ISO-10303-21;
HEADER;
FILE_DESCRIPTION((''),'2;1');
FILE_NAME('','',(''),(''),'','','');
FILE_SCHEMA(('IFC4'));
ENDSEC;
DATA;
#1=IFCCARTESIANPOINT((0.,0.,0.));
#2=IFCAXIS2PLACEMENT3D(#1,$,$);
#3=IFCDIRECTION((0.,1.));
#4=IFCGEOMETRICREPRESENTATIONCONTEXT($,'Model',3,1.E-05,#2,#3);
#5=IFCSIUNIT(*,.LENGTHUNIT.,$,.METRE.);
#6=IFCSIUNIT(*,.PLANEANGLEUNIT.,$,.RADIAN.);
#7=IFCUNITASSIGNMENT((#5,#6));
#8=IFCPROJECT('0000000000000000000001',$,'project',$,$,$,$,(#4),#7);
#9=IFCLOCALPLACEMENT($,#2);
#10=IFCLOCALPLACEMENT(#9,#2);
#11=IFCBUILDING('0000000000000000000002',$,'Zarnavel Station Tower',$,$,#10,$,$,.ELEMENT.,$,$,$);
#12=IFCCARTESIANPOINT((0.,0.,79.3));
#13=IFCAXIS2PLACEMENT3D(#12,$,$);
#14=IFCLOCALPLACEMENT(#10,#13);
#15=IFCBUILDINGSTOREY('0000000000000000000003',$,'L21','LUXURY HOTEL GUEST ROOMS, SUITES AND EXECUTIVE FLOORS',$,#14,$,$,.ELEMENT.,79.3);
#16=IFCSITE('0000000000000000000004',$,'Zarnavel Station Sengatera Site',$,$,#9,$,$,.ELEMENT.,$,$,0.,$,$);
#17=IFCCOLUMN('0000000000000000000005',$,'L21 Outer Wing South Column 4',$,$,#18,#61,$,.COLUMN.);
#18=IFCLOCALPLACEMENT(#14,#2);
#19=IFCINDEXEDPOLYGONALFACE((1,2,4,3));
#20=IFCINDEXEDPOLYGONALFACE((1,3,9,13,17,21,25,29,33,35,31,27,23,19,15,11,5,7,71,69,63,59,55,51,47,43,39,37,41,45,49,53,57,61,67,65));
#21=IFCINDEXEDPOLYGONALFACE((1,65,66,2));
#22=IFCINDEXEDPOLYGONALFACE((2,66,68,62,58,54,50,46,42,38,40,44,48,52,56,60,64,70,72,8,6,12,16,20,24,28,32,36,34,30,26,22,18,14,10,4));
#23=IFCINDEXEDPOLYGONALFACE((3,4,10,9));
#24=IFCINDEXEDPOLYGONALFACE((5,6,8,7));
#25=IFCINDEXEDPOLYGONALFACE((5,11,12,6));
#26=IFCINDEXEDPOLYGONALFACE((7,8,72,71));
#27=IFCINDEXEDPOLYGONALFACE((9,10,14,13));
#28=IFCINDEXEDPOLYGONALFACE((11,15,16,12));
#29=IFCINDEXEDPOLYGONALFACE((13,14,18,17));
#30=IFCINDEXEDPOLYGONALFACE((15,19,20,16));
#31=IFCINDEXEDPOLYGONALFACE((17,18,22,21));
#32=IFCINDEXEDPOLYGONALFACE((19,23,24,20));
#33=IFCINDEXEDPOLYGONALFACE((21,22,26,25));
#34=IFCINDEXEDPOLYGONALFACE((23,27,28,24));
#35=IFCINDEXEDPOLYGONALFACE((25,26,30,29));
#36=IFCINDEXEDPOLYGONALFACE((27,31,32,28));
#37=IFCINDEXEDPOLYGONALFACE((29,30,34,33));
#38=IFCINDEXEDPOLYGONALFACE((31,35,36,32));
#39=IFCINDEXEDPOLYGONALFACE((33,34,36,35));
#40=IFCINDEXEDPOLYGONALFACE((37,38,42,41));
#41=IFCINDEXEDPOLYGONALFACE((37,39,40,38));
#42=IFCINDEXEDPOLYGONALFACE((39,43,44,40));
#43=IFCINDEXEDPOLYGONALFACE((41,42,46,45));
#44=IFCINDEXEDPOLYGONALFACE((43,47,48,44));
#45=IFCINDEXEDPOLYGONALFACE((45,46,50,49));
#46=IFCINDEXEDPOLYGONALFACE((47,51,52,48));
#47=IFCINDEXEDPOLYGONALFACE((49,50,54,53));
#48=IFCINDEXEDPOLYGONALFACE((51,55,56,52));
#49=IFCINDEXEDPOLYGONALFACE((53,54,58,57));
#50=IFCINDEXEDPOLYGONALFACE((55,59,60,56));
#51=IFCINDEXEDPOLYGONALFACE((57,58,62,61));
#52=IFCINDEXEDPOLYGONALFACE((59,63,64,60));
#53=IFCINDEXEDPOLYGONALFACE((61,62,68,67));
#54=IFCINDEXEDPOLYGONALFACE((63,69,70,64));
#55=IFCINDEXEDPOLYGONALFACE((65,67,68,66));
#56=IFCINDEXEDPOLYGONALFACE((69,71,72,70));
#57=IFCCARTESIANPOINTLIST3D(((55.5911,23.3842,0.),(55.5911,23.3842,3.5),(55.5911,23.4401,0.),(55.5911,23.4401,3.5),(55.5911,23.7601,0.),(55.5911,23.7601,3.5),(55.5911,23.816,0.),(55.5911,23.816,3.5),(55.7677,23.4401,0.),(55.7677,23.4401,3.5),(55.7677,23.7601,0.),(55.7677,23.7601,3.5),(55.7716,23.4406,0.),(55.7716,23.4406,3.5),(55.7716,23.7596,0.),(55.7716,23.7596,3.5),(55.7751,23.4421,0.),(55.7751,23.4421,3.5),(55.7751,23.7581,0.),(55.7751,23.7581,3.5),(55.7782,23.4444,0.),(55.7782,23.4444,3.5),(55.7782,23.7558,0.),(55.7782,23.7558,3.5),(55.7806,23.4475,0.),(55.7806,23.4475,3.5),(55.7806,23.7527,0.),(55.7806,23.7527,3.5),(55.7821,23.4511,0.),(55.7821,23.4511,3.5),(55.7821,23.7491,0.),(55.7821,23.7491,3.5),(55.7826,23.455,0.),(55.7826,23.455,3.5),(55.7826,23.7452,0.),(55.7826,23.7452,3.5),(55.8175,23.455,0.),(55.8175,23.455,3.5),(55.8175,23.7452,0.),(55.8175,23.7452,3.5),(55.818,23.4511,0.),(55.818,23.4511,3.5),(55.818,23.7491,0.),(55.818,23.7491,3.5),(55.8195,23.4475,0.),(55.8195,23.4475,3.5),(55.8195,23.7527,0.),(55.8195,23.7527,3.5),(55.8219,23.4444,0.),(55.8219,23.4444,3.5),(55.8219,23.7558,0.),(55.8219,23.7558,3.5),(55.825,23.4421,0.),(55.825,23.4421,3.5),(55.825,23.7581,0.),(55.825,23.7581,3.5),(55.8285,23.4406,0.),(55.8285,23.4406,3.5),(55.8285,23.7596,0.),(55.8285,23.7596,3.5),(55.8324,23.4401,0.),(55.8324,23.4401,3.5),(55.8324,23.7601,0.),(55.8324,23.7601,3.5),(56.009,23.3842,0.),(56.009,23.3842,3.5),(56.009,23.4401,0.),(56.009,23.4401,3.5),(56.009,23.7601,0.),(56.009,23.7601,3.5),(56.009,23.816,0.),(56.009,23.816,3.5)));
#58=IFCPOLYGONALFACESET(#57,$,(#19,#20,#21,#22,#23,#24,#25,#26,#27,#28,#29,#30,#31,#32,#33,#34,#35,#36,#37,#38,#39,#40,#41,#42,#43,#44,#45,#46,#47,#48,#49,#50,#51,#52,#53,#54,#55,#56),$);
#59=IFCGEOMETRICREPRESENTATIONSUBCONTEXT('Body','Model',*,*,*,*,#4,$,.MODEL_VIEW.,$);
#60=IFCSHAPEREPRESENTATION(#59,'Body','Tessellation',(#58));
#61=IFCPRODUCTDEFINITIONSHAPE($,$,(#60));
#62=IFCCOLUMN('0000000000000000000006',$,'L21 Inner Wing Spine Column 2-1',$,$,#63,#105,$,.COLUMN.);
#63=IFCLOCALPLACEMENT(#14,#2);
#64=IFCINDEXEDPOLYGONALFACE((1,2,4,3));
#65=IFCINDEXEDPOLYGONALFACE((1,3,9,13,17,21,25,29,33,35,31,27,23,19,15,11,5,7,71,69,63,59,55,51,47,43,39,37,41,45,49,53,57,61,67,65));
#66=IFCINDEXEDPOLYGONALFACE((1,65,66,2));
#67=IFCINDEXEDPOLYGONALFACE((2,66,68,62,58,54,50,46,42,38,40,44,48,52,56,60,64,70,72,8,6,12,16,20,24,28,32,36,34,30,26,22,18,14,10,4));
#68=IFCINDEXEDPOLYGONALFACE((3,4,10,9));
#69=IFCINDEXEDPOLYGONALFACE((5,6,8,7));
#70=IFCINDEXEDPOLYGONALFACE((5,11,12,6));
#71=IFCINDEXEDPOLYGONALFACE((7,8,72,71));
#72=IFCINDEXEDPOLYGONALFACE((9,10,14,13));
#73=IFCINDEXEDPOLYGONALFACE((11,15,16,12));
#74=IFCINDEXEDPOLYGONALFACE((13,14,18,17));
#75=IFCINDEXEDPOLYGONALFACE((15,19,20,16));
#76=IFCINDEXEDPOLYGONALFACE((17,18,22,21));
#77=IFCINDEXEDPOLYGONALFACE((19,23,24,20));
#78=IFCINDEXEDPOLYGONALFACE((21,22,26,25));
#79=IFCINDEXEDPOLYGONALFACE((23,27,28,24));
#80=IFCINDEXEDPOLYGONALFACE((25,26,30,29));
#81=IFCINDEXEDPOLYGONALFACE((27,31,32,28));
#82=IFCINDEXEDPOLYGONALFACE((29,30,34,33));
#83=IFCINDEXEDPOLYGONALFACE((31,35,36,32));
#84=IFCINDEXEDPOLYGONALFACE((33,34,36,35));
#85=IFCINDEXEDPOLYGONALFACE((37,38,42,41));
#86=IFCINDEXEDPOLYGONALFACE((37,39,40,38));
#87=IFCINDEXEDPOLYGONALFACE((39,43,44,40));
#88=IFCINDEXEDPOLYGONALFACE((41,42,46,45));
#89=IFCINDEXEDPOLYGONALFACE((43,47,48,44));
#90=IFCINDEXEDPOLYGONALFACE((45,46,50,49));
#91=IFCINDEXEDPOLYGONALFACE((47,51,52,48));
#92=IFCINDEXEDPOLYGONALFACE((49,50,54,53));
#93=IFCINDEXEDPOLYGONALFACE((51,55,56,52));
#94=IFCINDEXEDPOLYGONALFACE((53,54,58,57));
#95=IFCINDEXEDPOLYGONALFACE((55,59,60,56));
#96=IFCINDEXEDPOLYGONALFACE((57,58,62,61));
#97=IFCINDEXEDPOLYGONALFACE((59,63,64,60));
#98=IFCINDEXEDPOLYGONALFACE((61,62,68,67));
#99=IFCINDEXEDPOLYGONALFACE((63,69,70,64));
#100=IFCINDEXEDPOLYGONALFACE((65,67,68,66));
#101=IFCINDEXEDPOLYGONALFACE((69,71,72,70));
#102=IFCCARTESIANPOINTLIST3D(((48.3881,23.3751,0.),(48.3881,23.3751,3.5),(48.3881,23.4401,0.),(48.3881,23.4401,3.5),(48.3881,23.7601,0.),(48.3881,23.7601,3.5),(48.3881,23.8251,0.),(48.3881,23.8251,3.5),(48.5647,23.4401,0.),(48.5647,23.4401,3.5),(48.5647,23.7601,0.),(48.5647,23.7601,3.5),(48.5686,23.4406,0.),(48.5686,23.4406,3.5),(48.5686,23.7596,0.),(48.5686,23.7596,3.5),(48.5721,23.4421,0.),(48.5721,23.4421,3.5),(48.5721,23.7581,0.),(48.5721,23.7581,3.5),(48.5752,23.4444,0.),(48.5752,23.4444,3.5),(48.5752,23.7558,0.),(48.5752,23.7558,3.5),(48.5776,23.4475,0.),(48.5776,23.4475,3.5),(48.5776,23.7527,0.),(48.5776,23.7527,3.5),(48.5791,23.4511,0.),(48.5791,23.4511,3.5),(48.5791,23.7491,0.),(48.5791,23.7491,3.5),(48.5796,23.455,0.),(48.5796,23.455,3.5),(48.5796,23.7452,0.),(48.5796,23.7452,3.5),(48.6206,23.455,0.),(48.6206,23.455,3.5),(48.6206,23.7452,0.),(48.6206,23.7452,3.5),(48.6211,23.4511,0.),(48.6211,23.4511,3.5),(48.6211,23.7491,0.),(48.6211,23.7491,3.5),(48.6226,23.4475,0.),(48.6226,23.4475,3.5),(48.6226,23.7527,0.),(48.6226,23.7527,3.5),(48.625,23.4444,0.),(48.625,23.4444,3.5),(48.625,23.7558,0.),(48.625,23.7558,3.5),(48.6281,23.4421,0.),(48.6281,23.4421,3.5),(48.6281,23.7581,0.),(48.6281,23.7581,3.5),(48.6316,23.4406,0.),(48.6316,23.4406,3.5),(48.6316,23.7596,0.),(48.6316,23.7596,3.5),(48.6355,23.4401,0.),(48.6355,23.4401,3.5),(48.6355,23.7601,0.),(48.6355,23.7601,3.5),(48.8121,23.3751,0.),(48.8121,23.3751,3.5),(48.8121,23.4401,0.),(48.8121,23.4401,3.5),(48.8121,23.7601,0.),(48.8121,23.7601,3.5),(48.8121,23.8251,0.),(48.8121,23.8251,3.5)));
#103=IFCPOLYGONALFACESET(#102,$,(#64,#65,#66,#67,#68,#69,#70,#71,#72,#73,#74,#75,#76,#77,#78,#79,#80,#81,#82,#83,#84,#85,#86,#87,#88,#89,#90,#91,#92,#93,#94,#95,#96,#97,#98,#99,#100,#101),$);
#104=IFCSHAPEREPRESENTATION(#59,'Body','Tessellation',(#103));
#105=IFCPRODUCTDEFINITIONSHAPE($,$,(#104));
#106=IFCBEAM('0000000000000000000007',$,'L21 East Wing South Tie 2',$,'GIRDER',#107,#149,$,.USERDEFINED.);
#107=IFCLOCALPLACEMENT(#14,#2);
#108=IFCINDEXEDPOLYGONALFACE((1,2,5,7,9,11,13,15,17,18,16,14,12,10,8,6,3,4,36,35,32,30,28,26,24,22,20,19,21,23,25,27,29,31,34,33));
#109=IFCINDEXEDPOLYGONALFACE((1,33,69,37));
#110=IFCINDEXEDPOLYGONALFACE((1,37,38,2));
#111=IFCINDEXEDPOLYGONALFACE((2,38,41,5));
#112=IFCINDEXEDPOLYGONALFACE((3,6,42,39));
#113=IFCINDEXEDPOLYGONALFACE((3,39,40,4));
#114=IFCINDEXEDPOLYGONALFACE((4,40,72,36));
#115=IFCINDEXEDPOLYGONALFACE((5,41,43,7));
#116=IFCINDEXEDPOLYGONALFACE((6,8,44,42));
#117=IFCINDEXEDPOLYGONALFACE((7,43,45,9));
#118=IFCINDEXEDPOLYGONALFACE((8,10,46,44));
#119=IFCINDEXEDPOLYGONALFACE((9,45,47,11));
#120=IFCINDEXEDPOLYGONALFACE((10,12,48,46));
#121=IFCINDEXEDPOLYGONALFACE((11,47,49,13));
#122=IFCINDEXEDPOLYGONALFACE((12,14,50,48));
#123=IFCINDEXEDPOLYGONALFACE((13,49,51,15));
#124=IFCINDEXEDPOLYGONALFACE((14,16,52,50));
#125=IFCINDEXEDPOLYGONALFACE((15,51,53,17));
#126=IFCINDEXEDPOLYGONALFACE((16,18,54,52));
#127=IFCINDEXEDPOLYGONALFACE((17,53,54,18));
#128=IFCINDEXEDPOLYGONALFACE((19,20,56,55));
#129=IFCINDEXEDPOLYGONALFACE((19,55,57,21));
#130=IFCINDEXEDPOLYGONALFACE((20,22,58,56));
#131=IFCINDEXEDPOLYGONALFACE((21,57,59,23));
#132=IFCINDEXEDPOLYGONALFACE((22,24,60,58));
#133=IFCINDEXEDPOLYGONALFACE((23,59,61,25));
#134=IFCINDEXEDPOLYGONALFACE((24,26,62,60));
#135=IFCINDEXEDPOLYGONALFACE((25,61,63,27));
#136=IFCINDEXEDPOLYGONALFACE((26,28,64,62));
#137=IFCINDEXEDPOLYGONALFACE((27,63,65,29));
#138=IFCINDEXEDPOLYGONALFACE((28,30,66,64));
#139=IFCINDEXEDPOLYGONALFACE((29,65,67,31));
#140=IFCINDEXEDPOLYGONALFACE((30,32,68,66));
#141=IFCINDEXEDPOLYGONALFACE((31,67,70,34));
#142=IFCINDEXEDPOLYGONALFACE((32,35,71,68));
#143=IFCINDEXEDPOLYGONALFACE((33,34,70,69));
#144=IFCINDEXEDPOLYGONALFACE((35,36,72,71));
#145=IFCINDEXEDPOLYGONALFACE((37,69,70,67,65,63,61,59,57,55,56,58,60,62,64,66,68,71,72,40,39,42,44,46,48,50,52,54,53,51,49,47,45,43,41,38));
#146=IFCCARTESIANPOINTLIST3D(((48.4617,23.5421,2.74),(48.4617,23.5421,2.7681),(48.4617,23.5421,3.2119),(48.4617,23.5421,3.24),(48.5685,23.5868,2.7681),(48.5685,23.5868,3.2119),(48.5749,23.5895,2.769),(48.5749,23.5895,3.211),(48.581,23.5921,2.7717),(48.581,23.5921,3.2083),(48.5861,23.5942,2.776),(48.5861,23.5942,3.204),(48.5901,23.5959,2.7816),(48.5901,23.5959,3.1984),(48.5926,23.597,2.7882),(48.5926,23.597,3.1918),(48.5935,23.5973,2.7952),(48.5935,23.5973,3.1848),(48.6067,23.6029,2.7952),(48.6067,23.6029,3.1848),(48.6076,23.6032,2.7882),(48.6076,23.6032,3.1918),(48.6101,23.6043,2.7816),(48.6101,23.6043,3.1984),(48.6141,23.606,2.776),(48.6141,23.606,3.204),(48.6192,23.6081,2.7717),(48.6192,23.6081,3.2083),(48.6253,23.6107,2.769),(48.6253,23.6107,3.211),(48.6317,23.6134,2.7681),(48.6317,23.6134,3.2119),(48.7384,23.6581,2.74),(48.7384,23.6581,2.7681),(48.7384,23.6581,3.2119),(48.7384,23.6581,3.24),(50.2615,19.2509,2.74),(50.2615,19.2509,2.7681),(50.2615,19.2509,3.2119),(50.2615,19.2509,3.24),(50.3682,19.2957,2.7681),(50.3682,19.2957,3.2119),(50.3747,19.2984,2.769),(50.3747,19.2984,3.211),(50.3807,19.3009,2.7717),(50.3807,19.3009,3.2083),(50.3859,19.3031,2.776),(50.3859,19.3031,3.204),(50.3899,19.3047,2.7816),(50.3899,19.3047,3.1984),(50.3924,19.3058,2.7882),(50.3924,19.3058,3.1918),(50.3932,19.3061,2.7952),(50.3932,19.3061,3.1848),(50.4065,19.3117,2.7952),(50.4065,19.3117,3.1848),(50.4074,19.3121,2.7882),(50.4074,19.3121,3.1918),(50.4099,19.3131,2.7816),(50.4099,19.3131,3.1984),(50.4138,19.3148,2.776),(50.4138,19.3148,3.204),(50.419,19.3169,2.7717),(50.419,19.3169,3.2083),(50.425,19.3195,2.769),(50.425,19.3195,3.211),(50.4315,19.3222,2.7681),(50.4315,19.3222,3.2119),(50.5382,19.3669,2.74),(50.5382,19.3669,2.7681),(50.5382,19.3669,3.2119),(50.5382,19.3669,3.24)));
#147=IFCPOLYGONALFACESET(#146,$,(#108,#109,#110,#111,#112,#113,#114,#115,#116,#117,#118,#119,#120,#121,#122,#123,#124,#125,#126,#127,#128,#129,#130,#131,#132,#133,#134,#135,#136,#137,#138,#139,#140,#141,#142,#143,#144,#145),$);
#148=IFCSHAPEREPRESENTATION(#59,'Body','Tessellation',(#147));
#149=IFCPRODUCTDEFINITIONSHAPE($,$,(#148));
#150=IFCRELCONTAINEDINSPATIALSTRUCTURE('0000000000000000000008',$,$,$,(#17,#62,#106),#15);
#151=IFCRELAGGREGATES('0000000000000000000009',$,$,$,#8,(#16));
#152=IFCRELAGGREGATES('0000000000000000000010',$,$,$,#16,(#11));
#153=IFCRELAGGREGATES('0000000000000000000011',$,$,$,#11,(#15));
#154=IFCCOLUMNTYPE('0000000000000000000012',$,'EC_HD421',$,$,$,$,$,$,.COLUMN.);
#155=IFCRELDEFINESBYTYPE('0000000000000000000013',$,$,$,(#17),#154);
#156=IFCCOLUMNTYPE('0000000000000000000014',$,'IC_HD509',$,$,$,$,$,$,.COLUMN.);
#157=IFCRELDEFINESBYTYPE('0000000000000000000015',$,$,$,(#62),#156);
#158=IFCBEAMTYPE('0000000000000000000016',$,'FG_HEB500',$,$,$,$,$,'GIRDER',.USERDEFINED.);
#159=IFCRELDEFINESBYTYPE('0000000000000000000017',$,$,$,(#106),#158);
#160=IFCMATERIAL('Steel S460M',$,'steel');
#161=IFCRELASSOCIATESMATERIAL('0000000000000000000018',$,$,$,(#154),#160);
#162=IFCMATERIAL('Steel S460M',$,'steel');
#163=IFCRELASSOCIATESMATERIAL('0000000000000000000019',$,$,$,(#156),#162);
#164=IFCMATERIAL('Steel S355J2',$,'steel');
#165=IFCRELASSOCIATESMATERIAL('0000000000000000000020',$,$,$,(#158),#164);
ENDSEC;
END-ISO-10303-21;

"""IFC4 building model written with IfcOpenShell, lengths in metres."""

from ifc_helpers import new_model, si_unit, direction, frame, origin, origin_2d, place, context, subcontext, project, spatial, i_section, extrude, material, material_profile, profile_set, type_object, element, save


model = new_model("IFC4")

# Units and contexts
model_context = context("Model", 3, precision=1e-05, world=origin(), true_north=direction((0.0, 1.0)))
body_context = subcontext(model_context, "Body", "Model", "MODEL_VIEW")
ifc_project = project(units=[si_unit("LENGTHUNIT", "METRE"), si_unit("PLANEANGLEUNIT", "RADIAN")], contexts=[model_context])

# Site, building, storey
site_placement = place(None, origin())
site = spatial("IfcSite", under=ifc_project, at=site_placement, Name="Zarnavel Station Sengatera Site", CompositionType="ELEMENT", RefElevation=0.0)
building_placement = place(site_placement, origin())
building = spatial("IfcBuilding", under=site, at=building_placement, Name="Zarnavel Station Tower", CompositionType="ELEMENT")
storey_placement = place(building_placement, frame((0.0, 0.0, 79.3)))
storey = spatial("IfcBuildingStorey", under=building, at=storey_placement, Name="L21", Description="LUXURY HOTEL GUEST ROOMS, SUITES AND EXECUTIVE FLOORS", CompositionType="ELEMENT", Elevation=79.3)

# Columns
ifc_material_1 = material(Name="Steel S460M", Category="steel")
ifc_material_profile_1 = material_profile(ifc_material_1, i_section(OverallWidth=0.418, OverallDepth=0.4319, WebThickness=0.0349, FlangeThickness=0.0559, FilletRadius=0.0149, at=origin_2d()), Name="HD400x421")
ifc_profile_set_1 = profile_set([ifc_material_profile_1], Name="Steel S460M")
column_type_1 = type_object("IfcColumnType", Name="EC_HD421", PredefinedType="COLUMN", material=ifc_profile_set_1)
column_1_placement = place(storey_placement, frame((55.8, 23.6001, 0.0), z_axis=(0.0, 0.0, 1.0), x_axis=(1.0, 0.0, 0.0)))
element("IfcColumn", 1, at=column_1_placement, inside=storey, type_object=column_type_1, Name="L21 Outer Wing South Column 4", PredefinedType="COLUMN", context=body_context, shape_type="SweptSolid", body=[
    extrude(i_section(OverallWidth=0.418, OverallDepth=0.4319, WebThickness=0.0349, FlangeThickness=0.0559, FilletRadius=0.0149, at=origin_2d()), origin(), (0.0, 0.0, 1.0), 3.5),
])
ifc_material_2 = material(Name="Steel S460M", Category="steel")
ifc_material_profile_2 = material_profile(ifc_material_2, i_section(OverallWidth=0.4241, OverallDepth=0.45, WebThickness=0.041, FlangeThickness=0.0649, FilletRadius=0.0149, at=origin_2d()), Name="HD400x509")
ifc_profile_set_2 = profile_set([ifc_material_profile_2], Name="Steel S460M")
column_type_2 = type_object("IfcColumnType", Name="IC_HD509", PredefinedType="COLUMN", material=ifc_profile_set_2)
column_2_placement = place(storey_placement, frame((48.6001, 23.6001, 0.0), z_axis=(0.0, 0.0, 1.0), x_axis=(1.0, 0.0, 0.0)))
element("IfcColumn", 2, at=column_2_placement, inside=storey, type_object=column_type_2, Name="L21 Inner Wing Spine Column 2-1", PredefinedType="COLUMN", context=body_context, shape_type="SweptSolid", body=[
    extrude(i_section(OverallWidth=0.4241, OverallDepth=0.45, WebThickness=0.041, FlangeThickness=0.0649, FilletRadius=0.0149, at=origin_2d()), origin(), (0.0, 0.0, 1.0), 3.5),
])

# Beam
ifc_material_3 = material(Name="Steel S355J2", Category="steel")
ifc_material_profile_3 = material_profile(ifc_material_3, i_section(OverallWidth=0.3, OverallDepth=0.5, WebThickness=0.0144, FlangeThickness=0.0281, FilletRadius=0.0271, at=origin_2d()), Name="HEB500")
ifc_profile_set_3 = profile_set([ifc_material_profile_3], Name="Steel S355J2")
beam_type_1 = type_object("IfcBeamType", Name="FG_HEB500", ElementType="GIRDER", PredefinedType="USERDEFINED", material=ifc_profile_set_3)
beam_1_placement = place(storey_placement, frame((48.6001, 23.6001, 2.99), z_axis=(0.386771, -0.922176, 0.0), x_axis=(0.922176, 0.386771, 0.0)))
element("IfcBeam", 3, at=beam_1_placement, inside=storey, type_object=beam_type_1, Name="L21 East Wing South Tie 2", ObjectType="GIRDER", PredefinedType="USERDEFINED", context=body_context, shape_type="SweptSolid", body=[
    extrude(i_section(OverallWidth=0.3, OverallDepth=0.5, WebThickness=0.0144, FlangeThickness=0.0281, FilletRadius=0.0271, at=origin_2d()), origin(), (0.0, 0.0, 1.0), 4.6533),
])

save(model, "model.ifc")
